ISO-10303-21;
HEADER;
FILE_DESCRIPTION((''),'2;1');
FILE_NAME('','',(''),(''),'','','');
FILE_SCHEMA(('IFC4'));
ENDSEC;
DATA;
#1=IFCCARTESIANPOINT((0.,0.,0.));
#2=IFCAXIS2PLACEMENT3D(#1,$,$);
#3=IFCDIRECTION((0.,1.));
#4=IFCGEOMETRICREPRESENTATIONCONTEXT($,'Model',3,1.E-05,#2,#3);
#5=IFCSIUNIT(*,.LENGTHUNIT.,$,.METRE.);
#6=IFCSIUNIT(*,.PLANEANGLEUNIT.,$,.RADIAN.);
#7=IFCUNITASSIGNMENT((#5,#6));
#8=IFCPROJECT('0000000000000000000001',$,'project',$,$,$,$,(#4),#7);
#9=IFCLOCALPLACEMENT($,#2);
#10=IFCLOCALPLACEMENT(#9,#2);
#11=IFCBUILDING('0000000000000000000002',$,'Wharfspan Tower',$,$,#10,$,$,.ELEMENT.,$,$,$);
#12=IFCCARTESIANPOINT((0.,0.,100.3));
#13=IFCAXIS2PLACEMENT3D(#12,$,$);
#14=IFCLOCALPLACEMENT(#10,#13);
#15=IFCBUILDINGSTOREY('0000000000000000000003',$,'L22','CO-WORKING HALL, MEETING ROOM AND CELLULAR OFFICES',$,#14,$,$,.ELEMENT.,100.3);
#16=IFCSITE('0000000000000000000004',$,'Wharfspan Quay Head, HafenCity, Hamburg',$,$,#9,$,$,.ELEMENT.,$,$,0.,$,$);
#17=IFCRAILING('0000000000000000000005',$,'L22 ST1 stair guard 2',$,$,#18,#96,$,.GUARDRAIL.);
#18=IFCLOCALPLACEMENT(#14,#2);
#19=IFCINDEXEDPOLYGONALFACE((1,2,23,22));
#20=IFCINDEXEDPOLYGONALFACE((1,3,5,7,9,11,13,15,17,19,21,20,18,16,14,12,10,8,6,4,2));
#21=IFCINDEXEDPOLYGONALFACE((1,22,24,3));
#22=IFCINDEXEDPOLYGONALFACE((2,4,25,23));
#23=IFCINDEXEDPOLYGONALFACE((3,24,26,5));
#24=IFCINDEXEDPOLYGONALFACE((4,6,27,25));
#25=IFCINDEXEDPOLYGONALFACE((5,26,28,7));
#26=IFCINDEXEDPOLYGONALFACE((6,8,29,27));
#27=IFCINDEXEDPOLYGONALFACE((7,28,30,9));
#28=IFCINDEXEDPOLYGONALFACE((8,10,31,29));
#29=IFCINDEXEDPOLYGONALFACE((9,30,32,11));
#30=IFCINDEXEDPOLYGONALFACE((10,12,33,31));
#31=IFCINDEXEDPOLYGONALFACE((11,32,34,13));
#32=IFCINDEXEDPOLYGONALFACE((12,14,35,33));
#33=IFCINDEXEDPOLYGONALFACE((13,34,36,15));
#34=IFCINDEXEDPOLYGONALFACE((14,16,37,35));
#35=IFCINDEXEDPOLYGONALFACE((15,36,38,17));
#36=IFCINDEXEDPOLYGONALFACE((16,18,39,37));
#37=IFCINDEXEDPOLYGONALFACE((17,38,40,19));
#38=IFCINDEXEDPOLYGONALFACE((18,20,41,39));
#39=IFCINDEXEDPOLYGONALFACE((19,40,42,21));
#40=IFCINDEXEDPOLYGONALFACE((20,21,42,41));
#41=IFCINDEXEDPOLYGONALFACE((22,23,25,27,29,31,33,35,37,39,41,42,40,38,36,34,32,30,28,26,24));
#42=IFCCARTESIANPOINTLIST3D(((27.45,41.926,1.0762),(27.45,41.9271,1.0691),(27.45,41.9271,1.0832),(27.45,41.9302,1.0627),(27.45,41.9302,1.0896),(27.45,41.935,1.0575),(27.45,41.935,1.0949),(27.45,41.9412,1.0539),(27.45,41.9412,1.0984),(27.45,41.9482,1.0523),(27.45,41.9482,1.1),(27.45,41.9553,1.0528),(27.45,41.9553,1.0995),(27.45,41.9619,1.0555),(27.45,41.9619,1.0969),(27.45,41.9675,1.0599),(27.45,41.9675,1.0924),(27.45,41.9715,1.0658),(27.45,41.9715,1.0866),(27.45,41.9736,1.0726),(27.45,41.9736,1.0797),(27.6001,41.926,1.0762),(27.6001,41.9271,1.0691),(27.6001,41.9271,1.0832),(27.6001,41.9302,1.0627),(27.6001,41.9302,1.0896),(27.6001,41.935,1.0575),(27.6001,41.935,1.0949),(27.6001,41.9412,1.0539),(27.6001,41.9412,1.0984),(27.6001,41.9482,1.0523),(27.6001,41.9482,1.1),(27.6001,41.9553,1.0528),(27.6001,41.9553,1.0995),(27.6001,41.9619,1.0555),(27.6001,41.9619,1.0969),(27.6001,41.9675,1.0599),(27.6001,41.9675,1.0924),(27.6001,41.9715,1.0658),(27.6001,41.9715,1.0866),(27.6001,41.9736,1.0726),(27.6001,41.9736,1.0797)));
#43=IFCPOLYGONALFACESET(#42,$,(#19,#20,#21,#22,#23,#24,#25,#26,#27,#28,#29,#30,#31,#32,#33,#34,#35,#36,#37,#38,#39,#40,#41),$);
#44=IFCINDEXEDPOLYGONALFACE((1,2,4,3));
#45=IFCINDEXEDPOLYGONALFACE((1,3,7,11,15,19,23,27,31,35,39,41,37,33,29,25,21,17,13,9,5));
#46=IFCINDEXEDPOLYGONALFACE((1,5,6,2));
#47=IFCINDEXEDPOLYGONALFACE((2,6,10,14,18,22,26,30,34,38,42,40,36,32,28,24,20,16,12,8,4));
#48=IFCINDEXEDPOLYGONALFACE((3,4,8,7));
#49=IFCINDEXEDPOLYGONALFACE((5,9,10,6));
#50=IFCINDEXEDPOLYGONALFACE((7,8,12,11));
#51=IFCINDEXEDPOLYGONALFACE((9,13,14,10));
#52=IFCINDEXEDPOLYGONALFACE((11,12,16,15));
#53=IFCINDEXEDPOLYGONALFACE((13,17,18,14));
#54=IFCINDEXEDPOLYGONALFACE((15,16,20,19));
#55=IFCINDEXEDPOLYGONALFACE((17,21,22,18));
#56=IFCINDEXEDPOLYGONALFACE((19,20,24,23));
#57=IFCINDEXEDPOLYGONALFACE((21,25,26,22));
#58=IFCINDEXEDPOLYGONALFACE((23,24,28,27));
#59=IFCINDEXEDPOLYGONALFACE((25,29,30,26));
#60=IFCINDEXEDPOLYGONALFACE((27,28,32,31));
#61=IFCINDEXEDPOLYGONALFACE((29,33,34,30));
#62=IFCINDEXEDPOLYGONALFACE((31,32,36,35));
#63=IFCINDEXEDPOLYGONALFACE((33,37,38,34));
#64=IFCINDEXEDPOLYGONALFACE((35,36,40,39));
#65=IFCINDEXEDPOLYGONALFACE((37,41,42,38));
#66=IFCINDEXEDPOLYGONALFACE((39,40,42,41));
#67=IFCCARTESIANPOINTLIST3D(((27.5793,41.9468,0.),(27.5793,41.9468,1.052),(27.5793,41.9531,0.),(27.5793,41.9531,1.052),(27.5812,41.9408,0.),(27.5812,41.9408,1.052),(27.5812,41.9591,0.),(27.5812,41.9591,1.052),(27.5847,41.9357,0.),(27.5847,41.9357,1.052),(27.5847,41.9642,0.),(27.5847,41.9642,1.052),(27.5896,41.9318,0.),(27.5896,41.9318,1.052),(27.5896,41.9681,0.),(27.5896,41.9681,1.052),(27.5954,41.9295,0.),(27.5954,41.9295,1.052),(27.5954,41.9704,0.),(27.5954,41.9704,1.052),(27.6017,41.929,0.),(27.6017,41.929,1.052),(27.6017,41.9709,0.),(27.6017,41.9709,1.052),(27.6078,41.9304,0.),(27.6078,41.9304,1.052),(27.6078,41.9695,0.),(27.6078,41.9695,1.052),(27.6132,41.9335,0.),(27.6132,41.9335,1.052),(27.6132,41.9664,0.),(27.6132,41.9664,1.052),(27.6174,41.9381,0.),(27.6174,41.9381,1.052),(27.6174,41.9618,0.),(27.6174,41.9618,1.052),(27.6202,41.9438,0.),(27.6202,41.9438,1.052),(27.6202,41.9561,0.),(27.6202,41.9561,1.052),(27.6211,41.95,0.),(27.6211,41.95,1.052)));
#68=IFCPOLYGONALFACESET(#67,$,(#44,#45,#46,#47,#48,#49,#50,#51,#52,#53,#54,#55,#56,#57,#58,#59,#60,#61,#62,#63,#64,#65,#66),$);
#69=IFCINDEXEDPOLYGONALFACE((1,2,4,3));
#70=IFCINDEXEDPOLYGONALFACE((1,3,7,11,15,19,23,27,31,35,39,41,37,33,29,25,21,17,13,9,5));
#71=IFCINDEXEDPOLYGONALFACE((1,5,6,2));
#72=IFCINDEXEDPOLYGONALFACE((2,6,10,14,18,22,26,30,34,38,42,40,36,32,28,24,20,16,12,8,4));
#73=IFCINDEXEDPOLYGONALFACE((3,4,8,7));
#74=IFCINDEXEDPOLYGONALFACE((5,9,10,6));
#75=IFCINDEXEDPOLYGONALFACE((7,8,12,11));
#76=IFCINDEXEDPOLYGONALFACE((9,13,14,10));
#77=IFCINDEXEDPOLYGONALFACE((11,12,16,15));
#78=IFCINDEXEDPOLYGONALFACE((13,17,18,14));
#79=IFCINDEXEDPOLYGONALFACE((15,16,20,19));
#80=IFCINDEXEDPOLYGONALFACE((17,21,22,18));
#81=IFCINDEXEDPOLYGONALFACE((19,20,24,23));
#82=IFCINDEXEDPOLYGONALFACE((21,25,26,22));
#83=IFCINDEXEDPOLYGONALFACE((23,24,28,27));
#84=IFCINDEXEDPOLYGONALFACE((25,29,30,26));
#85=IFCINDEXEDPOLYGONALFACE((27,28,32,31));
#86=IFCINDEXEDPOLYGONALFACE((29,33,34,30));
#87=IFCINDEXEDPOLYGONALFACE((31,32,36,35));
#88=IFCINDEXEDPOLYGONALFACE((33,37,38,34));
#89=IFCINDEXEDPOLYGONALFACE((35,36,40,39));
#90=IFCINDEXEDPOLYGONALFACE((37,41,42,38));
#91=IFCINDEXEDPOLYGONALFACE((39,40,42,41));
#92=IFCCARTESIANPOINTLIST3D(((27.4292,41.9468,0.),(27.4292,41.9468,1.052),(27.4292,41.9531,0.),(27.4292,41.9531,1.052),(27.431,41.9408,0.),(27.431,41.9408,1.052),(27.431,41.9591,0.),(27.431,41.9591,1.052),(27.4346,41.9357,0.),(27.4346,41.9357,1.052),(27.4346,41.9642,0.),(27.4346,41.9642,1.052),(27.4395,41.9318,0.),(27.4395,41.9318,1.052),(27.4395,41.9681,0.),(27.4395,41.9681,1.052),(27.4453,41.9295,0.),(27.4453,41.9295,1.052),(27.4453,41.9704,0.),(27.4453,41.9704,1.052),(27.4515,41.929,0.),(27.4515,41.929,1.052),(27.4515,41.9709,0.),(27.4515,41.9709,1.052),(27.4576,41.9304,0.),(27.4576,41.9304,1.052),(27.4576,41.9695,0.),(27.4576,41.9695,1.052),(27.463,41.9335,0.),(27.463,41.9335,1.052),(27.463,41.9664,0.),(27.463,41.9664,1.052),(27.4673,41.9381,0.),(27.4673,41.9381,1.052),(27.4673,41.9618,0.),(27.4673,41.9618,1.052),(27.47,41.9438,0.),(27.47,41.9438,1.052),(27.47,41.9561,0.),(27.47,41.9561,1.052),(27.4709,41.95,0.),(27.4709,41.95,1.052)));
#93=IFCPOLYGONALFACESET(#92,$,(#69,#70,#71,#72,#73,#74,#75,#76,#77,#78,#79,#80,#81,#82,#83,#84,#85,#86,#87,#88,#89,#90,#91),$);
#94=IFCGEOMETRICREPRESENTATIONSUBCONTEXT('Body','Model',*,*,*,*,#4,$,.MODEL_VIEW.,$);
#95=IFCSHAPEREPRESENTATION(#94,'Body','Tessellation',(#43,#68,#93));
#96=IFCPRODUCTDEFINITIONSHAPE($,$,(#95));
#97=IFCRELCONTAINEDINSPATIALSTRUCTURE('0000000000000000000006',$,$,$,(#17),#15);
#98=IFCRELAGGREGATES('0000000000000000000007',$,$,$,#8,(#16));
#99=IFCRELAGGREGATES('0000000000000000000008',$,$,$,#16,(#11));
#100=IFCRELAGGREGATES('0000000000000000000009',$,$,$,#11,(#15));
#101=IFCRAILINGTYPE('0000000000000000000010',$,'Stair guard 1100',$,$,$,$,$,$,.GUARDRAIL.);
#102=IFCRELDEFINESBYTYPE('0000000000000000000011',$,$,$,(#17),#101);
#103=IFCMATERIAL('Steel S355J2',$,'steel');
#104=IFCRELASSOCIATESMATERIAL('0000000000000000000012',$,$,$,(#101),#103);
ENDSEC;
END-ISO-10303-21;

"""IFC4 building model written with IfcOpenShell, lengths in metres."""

from ifc_helpers import new_model, si_unit, direction, frame, origin, origin_2d, place, context, subcontext, project, spatial, circle, extrude, material, type_object, element, save


model = new_model("IFC4")

# Units and contexts
model_context = context("Model", 3, precision=1e-05, world=origin(), true_north=direction((0.0, 1.0)))
body_context = subcontext(model_context, "Body", "Model", "MODEL_VIEW")
ifc_project = project(units=[si_unit("LENGTHUNIT", "METRE"), si_unit("PLANEANGLEUNIT", "RADIAN")], contexts=[model_context])

# Site, building, storey
site_placement = place(None, origin())
site = spatial("IfcSite", under=ifc_project, at=site_placement, Name="Wharfspan Quay Head, HafenCity, Hamburg", CompositionType="ELEMENT", RefElevation=0.0)
building_placement = place(site_placement, origin())
building = spatial("IfcBuilding", under=site, at=building_placement, Name="Wharfspan Tower", CompositionType="ELEMENT")
storey_placement = place(building_placement, frame((0.0, 0.0, 100.3)))
storey = spatial("IfcBuildingStorey", under=building, at=storey_placement, Name="L22", Description="CO-WORKING HALL, MEETING ROOM AND CELLULAR OFFICES", CompositionType="ELEMENT", Elevation=100.3)

# Shared definitions
ifc_material_1 = material(Name="Steel S355J2", Category="steel")

# Railing
railing_type_1 = type_object("IfcRailingType", Name="Stair guard 1100", PredefinedType="GUARDRAIL", material=ifc_material_1)
railing_1_placement = place(storey_placement, frame((27.6001, 41.95, 0.0)))
element("IfcRailing", 1, at=railing_1_placement, inside=storey, type_object=railing_type_1, Name="L22 ST1 stair guard 2", PredefinedType="GUARDRAIL", context=body_context, shape_type="SweptSolid", body=[
    extrude(circle(Radius=0.0239, at=origin_2d()), frame((0.0, 0.0, 1.0762), z_axis=(-1.0, 0.0, 0.0), x_axis=(0.0, -1.0, 0.0)), (0.0, 0.0, 1.0), 0.1501),
    extrude(circle(Radius=0.021, at=origin_2d()), origin(), (0.0, 0.0, 1.0), 1.052),
    extrude(circle(Radius=0.021, at=origin_2d()), frame((-0.1501, 0.0, 0.0)), (0.0, 0.0, 1.0), 1.052),
])

save(model, "model.ifc")
